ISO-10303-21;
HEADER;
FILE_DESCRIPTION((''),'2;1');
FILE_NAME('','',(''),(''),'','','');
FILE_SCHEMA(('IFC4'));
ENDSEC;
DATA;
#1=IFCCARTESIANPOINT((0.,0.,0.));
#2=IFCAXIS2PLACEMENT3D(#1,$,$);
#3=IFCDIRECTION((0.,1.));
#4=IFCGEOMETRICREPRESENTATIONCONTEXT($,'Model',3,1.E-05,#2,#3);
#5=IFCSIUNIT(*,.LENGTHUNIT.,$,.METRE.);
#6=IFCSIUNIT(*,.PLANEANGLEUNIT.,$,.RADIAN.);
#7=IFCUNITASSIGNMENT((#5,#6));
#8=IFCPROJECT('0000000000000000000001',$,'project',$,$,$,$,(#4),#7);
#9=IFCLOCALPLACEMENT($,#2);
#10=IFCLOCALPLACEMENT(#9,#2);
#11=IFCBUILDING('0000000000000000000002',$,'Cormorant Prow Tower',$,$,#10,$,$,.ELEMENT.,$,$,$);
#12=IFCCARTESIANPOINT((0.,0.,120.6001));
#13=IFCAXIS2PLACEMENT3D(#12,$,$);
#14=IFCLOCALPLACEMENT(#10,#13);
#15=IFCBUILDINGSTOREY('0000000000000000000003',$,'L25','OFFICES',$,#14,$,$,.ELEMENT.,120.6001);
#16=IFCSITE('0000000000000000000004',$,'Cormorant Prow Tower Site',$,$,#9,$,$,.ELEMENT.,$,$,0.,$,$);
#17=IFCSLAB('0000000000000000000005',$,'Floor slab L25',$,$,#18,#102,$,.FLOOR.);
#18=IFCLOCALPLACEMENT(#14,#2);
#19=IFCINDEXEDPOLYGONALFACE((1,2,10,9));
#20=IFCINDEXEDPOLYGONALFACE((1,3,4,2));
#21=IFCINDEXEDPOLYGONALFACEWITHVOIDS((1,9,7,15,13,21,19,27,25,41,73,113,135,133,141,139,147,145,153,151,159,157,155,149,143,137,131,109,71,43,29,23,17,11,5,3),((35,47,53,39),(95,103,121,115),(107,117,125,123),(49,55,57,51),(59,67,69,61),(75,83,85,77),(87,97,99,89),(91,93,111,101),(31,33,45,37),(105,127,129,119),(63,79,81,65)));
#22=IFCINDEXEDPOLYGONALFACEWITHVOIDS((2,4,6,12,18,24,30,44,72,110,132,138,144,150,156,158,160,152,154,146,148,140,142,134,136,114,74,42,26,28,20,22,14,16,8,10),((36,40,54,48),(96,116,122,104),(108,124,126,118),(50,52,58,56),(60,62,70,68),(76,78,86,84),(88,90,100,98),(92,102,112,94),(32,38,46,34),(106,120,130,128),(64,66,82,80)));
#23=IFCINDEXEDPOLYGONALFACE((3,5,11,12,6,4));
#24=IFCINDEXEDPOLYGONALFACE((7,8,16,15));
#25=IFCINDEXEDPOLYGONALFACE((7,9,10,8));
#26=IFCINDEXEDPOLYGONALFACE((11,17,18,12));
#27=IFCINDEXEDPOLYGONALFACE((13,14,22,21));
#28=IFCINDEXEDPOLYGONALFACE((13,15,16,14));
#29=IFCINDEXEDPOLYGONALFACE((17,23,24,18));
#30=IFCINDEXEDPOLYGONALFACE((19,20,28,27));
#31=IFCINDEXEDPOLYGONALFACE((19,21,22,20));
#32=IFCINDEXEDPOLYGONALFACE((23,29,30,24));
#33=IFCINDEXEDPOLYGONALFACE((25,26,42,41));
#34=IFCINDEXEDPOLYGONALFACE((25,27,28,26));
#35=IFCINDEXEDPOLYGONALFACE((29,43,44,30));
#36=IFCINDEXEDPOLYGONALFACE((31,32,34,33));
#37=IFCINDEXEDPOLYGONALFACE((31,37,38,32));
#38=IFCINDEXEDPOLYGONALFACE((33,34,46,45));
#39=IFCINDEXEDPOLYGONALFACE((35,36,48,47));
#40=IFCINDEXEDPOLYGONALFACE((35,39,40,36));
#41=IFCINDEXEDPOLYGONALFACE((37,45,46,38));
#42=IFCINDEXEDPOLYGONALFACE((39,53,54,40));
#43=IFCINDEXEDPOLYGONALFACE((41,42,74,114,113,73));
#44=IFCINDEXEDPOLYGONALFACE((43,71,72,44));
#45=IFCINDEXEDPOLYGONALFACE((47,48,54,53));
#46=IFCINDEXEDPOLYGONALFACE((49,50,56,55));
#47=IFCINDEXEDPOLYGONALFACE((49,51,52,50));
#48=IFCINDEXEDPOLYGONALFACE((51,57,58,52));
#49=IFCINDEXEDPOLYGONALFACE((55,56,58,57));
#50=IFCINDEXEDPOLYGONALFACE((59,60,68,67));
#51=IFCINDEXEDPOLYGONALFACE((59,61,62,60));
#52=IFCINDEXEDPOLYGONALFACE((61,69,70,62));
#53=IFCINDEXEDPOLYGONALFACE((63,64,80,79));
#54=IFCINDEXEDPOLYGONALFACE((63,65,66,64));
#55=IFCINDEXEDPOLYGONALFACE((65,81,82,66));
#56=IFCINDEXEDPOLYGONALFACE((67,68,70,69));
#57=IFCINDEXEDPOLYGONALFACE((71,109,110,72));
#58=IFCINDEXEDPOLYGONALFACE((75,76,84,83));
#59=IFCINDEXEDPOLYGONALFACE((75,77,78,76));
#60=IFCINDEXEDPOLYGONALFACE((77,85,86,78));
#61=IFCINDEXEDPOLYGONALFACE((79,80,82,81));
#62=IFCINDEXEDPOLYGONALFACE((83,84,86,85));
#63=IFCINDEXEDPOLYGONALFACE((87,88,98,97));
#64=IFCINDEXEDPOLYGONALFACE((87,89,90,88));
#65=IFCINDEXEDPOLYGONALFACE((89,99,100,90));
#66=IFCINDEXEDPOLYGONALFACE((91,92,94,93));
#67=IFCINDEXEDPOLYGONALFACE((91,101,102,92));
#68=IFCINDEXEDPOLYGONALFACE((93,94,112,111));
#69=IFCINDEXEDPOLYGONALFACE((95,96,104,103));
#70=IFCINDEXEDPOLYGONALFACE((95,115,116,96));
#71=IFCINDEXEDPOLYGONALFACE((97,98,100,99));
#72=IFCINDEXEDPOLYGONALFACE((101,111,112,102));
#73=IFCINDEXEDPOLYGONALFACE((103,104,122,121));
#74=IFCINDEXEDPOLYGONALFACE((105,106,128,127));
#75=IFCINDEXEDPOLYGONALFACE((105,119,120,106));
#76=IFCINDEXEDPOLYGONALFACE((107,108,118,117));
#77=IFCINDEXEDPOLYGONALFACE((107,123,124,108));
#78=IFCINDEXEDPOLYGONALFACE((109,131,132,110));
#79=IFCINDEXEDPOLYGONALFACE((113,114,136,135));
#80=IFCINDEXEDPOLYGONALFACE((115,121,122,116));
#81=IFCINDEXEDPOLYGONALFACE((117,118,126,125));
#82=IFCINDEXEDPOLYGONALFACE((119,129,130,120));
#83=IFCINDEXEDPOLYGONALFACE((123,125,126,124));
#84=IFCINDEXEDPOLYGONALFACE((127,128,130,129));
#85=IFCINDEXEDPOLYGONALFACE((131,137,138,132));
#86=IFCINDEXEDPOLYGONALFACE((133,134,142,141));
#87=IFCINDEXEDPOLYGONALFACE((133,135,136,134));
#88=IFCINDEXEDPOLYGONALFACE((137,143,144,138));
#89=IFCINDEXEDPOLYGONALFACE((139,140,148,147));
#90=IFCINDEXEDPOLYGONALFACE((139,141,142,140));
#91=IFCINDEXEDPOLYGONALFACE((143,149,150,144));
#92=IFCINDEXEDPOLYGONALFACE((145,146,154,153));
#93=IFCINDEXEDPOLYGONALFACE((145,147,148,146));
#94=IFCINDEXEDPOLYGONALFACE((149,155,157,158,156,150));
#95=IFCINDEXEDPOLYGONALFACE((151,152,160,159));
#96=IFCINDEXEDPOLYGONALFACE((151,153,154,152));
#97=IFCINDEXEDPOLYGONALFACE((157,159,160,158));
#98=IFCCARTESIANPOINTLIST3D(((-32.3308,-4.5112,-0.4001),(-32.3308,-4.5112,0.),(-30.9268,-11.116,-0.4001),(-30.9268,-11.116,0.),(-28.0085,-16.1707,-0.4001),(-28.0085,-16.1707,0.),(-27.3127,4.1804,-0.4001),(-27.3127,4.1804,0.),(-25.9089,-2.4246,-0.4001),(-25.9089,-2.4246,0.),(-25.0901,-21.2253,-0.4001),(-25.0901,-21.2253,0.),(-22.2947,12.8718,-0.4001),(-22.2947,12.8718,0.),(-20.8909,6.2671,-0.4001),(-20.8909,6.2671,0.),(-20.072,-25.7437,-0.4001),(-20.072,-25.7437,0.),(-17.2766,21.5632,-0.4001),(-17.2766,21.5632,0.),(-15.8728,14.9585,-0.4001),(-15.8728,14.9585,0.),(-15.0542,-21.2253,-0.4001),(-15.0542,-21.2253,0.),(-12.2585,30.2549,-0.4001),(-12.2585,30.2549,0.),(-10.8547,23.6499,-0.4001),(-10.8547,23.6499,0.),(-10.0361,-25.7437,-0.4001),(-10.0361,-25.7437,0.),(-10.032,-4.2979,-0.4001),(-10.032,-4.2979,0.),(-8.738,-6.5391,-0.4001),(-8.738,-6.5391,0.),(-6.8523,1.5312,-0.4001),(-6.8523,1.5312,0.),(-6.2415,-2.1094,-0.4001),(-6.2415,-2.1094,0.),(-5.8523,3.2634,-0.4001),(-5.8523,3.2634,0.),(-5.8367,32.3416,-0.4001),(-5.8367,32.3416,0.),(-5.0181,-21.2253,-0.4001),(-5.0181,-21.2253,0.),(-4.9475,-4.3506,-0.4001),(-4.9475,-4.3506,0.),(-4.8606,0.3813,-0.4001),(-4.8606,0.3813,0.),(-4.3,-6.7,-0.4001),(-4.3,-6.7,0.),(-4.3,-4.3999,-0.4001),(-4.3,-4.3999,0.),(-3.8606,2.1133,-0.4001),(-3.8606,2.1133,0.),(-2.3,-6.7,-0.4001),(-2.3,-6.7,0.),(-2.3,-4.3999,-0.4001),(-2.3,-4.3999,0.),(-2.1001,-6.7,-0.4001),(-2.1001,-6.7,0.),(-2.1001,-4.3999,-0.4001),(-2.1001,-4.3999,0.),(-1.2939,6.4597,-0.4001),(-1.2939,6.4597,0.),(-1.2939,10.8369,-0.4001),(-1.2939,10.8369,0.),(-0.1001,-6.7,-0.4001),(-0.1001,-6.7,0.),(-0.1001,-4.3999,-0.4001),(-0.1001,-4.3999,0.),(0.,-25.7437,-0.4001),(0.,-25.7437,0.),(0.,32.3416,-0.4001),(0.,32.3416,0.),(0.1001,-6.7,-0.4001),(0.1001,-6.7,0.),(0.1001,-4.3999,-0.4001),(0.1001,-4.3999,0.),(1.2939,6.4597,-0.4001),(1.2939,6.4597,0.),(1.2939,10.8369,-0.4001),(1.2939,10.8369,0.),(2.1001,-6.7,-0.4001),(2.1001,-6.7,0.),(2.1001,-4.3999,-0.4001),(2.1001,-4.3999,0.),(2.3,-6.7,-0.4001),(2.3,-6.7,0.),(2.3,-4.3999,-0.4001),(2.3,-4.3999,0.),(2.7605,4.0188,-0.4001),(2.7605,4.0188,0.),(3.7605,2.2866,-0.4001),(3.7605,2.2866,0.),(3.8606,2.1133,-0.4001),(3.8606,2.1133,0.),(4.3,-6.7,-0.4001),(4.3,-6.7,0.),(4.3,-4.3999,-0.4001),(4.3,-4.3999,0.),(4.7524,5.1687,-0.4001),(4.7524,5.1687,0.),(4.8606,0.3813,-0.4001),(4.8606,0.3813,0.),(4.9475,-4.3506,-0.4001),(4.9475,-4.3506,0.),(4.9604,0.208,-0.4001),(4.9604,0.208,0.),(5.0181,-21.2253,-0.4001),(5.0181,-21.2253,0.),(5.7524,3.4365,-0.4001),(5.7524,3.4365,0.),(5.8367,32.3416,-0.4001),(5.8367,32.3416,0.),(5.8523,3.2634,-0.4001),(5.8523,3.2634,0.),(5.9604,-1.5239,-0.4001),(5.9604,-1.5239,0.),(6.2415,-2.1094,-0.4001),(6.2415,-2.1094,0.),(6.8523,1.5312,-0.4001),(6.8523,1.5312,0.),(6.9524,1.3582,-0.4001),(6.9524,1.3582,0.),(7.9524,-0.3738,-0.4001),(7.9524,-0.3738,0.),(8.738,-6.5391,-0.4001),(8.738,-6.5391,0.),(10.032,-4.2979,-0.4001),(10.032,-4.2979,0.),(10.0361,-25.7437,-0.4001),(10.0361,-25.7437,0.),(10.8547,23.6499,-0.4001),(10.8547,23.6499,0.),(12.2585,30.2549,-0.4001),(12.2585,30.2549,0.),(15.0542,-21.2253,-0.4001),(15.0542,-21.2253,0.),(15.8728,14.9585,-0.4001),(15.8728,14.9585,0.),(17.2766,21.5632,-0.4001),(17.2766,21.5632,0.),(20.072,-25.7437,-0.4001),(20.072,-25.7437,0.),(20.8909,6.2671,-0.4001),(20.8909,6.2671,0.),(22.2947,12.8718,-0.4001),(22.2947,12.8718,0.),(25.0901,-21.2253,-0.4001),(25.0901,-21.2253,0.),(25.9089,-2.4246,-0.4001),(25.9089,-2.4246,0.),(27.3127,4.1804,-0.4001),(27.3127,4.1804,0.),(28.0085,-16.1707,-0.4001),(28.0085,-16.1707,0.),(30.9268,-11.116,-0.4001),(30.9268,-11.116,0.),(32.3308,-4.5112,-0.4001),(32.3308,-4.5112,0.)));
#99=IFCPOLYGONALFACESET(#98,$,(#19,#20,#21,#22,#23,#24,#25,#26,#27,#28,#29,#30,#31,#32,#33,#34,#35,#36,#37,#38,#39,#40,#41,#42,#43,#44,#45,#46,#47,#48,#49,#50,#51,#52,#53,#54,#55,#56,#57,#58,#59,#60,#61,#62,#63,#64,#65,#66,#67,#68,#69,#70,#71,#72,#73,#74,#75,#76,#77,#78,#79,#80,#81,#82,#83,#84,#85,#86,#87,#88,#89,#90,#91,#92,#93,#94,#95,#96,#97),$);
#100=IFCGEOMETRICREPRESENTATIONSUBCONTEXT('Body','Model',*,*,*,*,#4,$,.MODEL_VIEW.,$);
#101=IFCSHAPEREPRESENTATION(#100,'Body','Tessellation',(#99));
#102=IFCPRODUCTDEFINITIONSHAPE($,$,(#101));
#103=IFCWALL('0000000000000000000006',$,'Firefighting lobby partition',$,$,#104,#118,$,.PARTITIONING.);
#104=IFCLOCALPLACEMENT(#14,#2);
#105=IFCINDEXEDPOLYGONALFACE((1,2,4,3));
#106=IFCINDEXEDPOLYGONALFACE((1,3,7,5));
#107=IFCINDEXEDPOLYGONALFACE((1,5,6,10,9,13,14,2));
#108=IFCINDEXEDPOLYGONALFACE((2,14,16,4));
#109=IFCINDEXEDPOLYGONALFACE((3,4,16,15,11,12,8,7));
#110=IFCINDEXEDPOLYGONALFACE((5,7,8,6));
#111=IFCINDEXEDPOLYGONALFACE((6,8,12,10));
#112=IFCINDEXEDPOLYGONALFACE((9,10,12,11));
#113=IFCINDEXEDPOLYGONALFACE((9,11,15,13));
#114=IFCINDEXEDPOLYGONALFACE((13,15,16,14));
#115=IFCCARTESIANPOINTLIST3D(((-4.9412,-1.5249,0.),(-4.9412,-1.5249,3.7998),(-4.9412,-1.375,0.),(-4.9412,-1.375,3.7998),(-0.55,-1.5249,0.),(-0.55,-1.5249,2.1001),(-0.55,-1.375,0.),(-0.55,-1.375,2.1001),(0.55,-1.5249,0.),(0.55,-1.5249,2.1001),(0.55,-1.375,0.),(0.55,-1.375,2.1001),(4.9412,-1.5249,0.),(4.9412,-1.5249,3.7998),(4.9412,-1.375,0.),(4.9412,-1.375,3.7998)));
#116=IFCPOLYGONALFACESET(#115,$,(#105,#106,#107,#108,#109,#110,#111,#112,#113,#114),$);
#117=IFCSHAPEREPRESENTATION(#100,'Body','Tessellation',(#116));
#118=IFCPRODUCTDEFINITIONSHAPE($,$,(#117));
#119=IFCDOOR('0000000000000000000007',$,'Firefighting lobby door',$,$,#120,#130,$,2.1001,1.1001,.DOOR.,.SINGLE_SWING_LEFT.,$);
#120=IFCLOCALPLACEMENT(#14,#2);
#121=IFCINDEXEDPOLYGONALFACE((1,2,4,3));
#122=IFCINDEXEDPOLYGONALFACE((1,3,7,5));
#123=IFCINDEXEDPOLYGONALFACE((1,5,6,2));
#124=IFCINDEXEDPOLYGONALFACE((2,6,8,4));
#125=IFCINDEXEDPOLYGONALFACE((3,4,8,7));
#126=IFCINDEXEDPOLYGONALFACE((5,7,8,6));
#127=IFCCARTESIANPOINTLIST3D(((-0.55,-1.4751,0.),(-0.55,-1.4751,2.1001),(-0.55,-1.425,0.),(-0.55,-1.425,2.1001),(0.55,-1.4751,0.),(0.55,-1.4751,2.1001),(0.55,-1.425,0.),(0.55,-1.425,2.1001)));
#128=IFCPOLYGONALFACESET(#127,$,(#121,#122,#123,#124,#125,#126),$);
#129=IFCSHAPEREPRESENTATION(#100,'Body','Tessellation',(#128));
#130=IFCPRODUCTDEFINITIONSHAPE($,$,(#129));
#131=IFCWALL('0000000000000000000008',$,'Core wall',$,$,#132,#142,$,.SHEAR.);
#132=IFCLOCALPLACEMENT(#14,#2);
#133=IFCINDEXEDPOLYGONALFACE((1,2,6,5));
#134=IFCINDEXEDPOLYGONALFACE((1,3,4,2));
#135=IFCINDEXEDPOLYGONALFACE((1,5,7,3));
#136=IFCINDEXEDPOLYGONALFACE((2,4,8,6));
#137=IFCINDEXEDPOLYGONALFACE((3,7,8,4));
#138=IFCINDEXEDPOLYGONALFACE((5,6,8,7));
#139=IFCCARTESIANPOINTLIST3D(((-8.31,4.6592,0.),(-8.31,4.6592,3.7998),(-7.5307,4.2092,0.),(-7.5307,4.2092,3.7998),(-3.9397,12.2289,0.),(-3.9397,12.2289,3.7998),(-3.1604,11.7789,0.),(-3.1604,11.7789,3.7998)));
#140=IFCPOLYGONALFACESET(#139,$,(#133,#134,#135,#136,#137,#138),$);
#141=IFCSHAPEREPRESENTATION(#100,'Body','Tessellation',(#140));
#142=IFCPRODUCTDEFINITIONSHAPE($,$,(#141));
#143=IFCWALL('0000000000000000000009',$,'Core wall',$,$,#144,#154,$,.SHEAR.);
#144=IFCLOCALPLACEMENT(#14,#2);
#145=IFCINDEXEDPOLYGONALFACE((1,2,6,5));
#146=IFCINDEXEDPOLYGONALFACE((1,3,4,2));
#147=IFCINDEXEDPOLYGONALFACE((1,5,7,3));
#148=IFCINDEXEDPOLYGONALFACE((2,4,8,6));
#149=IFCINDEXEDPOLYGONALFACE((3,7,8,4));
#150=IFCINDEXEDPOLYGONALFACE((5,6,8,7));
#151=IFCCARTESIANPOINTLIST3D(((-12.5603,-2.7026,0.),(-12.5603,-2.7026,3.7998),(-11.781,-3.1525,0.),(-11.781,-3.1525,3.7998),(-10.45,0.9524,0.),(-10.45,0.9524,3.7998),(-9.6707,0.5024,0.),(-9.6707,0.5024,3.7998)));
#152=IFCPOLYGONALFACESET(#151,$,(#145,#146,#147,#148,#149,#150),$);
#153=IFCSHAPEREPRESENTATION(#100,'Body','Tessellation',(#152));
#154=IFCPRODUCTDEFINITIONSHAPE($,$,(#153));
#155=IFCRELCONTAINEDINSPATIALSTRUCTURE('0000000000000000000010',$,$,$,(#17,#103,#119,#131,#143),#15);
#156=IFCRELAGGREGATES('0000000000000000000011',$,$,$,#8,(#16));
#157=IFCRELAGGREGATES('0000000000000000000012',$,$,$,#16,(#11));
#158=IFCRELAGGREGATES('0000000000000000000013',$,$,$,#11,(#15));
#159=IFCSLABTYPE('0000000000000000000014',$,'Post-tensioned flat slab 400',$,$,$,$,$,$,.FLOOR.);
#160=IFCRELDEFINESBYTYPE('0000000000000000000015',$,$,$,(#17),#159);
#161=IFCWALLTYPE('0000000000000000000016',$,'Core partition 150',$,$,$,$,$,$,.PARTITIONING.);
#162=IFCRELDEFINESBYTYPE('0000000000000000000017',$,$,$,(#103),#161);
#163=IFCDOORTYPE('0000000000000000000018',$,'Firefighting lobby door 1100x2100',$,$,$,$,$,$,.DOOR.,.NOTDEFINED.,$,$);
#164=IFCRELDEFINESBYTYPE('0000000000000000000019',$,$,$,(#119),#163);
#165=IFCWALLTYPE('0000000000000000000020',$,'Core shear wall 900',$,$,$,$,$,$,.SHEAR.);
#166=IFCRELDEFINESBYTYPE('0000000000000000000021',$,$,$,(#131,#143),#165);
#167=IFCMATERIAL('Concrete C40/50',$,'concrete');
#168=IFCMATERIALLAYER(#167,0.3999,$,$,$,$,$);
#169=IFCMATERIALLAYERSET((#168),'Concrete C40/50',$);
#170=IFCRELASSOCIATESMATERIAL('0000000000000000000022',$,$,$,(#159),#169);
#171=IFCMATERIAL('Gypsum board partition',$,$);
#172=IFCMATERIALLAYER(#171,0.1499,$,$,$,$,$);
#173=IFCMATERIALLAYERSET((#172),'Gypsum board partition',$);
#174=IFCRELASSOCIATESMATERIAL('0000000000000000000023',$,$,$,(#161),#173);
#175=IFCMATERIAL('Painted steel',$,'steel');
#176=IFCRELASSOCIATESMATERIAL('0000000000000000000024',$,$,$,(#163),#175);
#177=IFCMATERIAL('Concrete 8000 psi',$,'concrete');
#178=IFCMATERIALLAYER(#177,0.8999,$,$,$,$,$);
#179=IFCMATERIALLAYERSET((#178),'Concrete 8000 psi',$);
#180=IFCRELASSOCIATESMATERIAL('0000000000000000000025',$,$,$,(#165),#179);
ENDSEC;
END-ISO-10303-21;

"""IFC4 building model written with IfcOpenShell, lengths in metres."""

from ifc_helpers import new_model, si_unit, direction, frame, frame_2d, origin, place, context, subcontext, project, spatial, polyline, rectangle, outline, extrude, material, layer, layer_set, type_object, element, fill, save


model = new_model("IFC4")

# Units and contexts
model_context = context("Model", 3, precision=1e-05, world=origin(), true_north=direction((0.0, 1.0)))
body_context = subcontext(model_context, "Body", "Model", "MODEL_VIEW")
ifc_project = project(units=[si_unit("LENGTHUNIT", "METRE"), si_unit("PLANEANGLEUNIT", "RADIAN")], contexts=[model_context])

# Site, building, storey
site_placement = place(None, origin())
site = spatial("IfcSite", under=ifc_project, at=site_placement, Name="Cormorant Prow Tower Site", CompositionType="ELEMENT", RefElevation=0.0)
building_placement = place(site_placement, origin())
building = spatial("IfcBuilding", under=site, at=building_placement, Name="Cormorant Prow Tower", CompositionType="ELEMENT")
storey_placement = place(building_placement, frame((0.0, 0.0, 120.6001)))
storey = spatial("IfcBuildingStorey", under=building, at=storey_placement, Name="L25", Description="OFFICES", CompositionType="ELEMENT", Elevation=120.6001)

# Slab
ifc_material_1 = material(Name="Concrete C40/50", Category="concrete")
ifc_layer_1 = layer(ifc_material_1, 0.3999)
ifc_layer_set_1 = layer_set([ifc_layer_1], Name="Concrete C40/50")
slab_type_1 = type_object("IfcSlabType", Name="Post-tensioned flat slab 400", PredefinedType="FLOOR", material=ifc_layer_set_1)
slab_1_placement = place(storey_placement, frame((0.0, 0.0, -0.4001)))
element("IfcSlab", 1, at=slab_1_placement, inside=storey, type_object=slab_type_1, Name="Floor slab L25", PredefinedType="FLOOR", context=body_context, shape_type="SweptSolid", body=[
    extrude(outline(polyline([(-12.2585, 30.2549), (-10.8547, 23.6499), (-17.2766, 21.5632), (-15.8728, 14.9585), (-22.2947, 12.8718), (-20.8909, 6.2671), (-27.3127, 4.1804), (-25.9089, -2.4246), (-32.3308, -4.5112), (-30.9268, -11.116), (-28.0085, -16.1707), (-25.0901, -21.2253), (-20.072, -25.7437), (-15.0542, -21.2253), (-10.0361, -25.7437), (-5.0181, -21.2253), (0.0, -25.7437), (5.0181, -21.2253), (10.0361, -25.7437), (15.0542, -21.2253), (20.072, -25.7437), (25.0901, -21.2253), (28.0085, -16.1707), (30.9268, -11.116), (32.3308, -4.5112), (25.9089, -2.4246), (27.3127, 4.1804), (20.8909, 6.2671), (22.2947, 12.8718), (15.8728, 14.9585), (17.2766, 21.5632), (10.8547, 23.6499), (12.2585, 30.2549), (5.8367, 32.3416), (0.0, 32.3416), (-5.8367, 32.3416), (-12.2585, 30.2549)]), holes=[polyline([(-4.3, -6.7), (-4.3, -4.3999), (-2.3, -4.3999), (-2.3, -6.7), (-4.3, -6.7)]), polyline([(-2.1001, -4.3999), (-0.1001, -4.3999), (-0.1001, -6.7), (-2.1001, -6.7), (-2.1001, -4.3999)]), polyline([(2.1001, -4.3999), (2.1001, -6.7), (0.1001, -6.7), (0.1001, -4.3999), (2.1001, -4.3999)]), polyline([(4.3, -6.7), (2.3, -6.7), (2.3, -4.3999), (4.3, -4.3999), (4.3, -6.7)]), polyline([(7.9524, -0.3738), (5.9604, -1.5239), (4.9604, 0.208), (6.9524, 1.3582), (7.9524, -0.3738)]), polyline([(4.8606, 0.3813), (3.8606, 2.1133), (5.8523, 3.2634), (6.8523, 1.5312), (4.8606, 0.3813)]), polyline([(2.7605, 4.0188), (4.7524, 5.1687), (5.7524, 3.4365), (3.7605, 2.2866), (2.7605, 4.0188)]), polyline([(-6.8523, 1.5312), (-5.8523, 3.2634), (-3.8606, 2.1133), (-4.8606, 0.3813), (-6.8523, 1.5312)]), polyline([(-4.9475, -4.3506), (-8.738, -6.5391), (-10.032, -4.2979), (-6.2415, -2.1094), (-4.9475, -4.3506)]), polyline([(10.032, -4.2979), (8.738, -6.5391), (4.9475, -4.3506), (6.2415, -2.1094), (10.032, -4.2979)]), polyline([(1.2939, 10.8369), (1.2939, 6.4597), (-1.2939, 6.4597), (-1.2939, 10.8369), (1.2939, 10.8369)])]), origin(), (0.0, 0.0, 1.0), 0.4001),
])

# Wall, opening, door
ifc_material_2 = material(Name="Gypsum board partition")
ifc_layer_2 = layer(ifc_material_2, 0.1499)
ifc_layer_set_2 = layer_set([ifc_layer_2], Name="Gypsum board partition")
wall_type_1 = type_object("IfcWallType", Name="Core partition 150", PredefinedType="PARTITIONING", material=ifc_layer_set_2)
wall_1_placement = place(storey_placement, frame((-4.9412, -1.45, 0.0), z_axis=(0.0, 0.0, 1.0), x_axis=(1.0, 0.0, 0.0)))
wall_1 = element("IfcWall", 2, at=wall_1_placement, inside=storey, type_object=wall_type_1, Name="Firefighting lobby partition", PredefinedType="PARTITIONING", context=body_context, shape_type="SweptSolid", body=[
    extrude(rectangle(XDim=9.8823, YDim=0.1499, at=frame_2d((4.9412, 0.0))), origin(), (0.0, 0.0, 1.0), 3.7998),
])
opening_1_placement = place(wall_1_placement, frame((4.3911, 0.0, 0.0)))
opening_1 = element("IfcOpeningElement", 3, at=opening_1_placement, cuts=wall_1, PredefinedType="OPENING", context=body_context, shape_type="SweptSolid", body=[
    extrude(rectangle(XDim=1.1001, YDim=2.1001, at=frame_2d((0.55, 1.05))), frame((0.0, 0.085, 0.0), z_axis=(0.0, -1.0, 0.0), x_axis=(1.0, 0.0, 0.0)), (0.0, 0.0, 1.0), 0.1699),
])
ifc_material_3 = material(Name="Painted steel", Category="steel")
door_type_1 = type_object("IfcDoorType", Name="Firefighting lobby door 1100x2100", OperationType="NOTDEFINED", PredefinedType="DOOR", material=ifc_material_3)
door_1_placement = place(opening_1_placement, origin())
door_1 = element("IfcDoor", 4, at=door_1_placement, inside=storey, type_object=door_type_1, Name="Firefighting lobby door", OperationType="SINGLE_SWING_LEFT", OverallHeight=2.1001, OverallWidth=1.1001, PredefinedType="DOOR", context=body_context, shape_type="SweptSolid", body=[
    extrude(rectangle(XDim=1.1001, YDim=2.1001, at=frame_2d((0.55, 1.05))), frame((0.0, 0.0249, 0.0), z_axis=(0.0, -1.0, 0.0), x_axis=(1.0, 0.0, 0.0)), (0.0, 0.0, 1.0), 0.05),
])
fill(opening_1, door_1)

# Walls
ifc_material_4 = material(Name="Concrete 8000 psi", Category="concrete")
ifc_layer_3 = layer(ifc_material_4, 0.8999)
ifc_layer_set_3 = layer_set([ifc_layer_3], Name="Concrete 8000 psi")
wall_type_2 = type_object("IfcWallType", Name="Core shear wall 900", PredefinedType="SHEAR", material=ifc_layer_set_3)
wall_2_placement = place(storey_placement, frame((-3.55, 12.0039, 0.0), z_axis=(0.0, 0.0, 1.0), x_axis=(-0.499993, -0.866029, 0.0)))
element("IfcWall", 5, at=wall_2_placement, inside=storey, type_object=wall_type_2, Name="Core wall", PredefinedType="SHEAR", context=body_context, shape_type="SweptSolid", body=[
    extrude(rectangle(XDim=8.7407, YDim=0.8999, at=frame_2d((4.3704, 0.0))), origin(), (0.0, 0.0, 1.0), 3.7998),
])
wall_3_placement = place(storey_placement, frame((-10.0603, 0.7275, 0.0), z_axis=(0.0, 0.0, 1.0), x_axis=(-0.500021, -0.866013, 0.0)))
element("IfcWall", 6, at=wall_3_placement, inside=storey, type_object=wall_type_2, Name="Core wall", PredefinedType="SHEAR", context=body_context, shape_type="SweptSolid", body=[
    extrude(rectangle(XDim=4.2205, YDim=0.8999, at=frame_2d((2.1104, 0.0))), origin(), (0.0, 0.0, 1.0), 3.7998),
])

save(model, "model.ifc")
